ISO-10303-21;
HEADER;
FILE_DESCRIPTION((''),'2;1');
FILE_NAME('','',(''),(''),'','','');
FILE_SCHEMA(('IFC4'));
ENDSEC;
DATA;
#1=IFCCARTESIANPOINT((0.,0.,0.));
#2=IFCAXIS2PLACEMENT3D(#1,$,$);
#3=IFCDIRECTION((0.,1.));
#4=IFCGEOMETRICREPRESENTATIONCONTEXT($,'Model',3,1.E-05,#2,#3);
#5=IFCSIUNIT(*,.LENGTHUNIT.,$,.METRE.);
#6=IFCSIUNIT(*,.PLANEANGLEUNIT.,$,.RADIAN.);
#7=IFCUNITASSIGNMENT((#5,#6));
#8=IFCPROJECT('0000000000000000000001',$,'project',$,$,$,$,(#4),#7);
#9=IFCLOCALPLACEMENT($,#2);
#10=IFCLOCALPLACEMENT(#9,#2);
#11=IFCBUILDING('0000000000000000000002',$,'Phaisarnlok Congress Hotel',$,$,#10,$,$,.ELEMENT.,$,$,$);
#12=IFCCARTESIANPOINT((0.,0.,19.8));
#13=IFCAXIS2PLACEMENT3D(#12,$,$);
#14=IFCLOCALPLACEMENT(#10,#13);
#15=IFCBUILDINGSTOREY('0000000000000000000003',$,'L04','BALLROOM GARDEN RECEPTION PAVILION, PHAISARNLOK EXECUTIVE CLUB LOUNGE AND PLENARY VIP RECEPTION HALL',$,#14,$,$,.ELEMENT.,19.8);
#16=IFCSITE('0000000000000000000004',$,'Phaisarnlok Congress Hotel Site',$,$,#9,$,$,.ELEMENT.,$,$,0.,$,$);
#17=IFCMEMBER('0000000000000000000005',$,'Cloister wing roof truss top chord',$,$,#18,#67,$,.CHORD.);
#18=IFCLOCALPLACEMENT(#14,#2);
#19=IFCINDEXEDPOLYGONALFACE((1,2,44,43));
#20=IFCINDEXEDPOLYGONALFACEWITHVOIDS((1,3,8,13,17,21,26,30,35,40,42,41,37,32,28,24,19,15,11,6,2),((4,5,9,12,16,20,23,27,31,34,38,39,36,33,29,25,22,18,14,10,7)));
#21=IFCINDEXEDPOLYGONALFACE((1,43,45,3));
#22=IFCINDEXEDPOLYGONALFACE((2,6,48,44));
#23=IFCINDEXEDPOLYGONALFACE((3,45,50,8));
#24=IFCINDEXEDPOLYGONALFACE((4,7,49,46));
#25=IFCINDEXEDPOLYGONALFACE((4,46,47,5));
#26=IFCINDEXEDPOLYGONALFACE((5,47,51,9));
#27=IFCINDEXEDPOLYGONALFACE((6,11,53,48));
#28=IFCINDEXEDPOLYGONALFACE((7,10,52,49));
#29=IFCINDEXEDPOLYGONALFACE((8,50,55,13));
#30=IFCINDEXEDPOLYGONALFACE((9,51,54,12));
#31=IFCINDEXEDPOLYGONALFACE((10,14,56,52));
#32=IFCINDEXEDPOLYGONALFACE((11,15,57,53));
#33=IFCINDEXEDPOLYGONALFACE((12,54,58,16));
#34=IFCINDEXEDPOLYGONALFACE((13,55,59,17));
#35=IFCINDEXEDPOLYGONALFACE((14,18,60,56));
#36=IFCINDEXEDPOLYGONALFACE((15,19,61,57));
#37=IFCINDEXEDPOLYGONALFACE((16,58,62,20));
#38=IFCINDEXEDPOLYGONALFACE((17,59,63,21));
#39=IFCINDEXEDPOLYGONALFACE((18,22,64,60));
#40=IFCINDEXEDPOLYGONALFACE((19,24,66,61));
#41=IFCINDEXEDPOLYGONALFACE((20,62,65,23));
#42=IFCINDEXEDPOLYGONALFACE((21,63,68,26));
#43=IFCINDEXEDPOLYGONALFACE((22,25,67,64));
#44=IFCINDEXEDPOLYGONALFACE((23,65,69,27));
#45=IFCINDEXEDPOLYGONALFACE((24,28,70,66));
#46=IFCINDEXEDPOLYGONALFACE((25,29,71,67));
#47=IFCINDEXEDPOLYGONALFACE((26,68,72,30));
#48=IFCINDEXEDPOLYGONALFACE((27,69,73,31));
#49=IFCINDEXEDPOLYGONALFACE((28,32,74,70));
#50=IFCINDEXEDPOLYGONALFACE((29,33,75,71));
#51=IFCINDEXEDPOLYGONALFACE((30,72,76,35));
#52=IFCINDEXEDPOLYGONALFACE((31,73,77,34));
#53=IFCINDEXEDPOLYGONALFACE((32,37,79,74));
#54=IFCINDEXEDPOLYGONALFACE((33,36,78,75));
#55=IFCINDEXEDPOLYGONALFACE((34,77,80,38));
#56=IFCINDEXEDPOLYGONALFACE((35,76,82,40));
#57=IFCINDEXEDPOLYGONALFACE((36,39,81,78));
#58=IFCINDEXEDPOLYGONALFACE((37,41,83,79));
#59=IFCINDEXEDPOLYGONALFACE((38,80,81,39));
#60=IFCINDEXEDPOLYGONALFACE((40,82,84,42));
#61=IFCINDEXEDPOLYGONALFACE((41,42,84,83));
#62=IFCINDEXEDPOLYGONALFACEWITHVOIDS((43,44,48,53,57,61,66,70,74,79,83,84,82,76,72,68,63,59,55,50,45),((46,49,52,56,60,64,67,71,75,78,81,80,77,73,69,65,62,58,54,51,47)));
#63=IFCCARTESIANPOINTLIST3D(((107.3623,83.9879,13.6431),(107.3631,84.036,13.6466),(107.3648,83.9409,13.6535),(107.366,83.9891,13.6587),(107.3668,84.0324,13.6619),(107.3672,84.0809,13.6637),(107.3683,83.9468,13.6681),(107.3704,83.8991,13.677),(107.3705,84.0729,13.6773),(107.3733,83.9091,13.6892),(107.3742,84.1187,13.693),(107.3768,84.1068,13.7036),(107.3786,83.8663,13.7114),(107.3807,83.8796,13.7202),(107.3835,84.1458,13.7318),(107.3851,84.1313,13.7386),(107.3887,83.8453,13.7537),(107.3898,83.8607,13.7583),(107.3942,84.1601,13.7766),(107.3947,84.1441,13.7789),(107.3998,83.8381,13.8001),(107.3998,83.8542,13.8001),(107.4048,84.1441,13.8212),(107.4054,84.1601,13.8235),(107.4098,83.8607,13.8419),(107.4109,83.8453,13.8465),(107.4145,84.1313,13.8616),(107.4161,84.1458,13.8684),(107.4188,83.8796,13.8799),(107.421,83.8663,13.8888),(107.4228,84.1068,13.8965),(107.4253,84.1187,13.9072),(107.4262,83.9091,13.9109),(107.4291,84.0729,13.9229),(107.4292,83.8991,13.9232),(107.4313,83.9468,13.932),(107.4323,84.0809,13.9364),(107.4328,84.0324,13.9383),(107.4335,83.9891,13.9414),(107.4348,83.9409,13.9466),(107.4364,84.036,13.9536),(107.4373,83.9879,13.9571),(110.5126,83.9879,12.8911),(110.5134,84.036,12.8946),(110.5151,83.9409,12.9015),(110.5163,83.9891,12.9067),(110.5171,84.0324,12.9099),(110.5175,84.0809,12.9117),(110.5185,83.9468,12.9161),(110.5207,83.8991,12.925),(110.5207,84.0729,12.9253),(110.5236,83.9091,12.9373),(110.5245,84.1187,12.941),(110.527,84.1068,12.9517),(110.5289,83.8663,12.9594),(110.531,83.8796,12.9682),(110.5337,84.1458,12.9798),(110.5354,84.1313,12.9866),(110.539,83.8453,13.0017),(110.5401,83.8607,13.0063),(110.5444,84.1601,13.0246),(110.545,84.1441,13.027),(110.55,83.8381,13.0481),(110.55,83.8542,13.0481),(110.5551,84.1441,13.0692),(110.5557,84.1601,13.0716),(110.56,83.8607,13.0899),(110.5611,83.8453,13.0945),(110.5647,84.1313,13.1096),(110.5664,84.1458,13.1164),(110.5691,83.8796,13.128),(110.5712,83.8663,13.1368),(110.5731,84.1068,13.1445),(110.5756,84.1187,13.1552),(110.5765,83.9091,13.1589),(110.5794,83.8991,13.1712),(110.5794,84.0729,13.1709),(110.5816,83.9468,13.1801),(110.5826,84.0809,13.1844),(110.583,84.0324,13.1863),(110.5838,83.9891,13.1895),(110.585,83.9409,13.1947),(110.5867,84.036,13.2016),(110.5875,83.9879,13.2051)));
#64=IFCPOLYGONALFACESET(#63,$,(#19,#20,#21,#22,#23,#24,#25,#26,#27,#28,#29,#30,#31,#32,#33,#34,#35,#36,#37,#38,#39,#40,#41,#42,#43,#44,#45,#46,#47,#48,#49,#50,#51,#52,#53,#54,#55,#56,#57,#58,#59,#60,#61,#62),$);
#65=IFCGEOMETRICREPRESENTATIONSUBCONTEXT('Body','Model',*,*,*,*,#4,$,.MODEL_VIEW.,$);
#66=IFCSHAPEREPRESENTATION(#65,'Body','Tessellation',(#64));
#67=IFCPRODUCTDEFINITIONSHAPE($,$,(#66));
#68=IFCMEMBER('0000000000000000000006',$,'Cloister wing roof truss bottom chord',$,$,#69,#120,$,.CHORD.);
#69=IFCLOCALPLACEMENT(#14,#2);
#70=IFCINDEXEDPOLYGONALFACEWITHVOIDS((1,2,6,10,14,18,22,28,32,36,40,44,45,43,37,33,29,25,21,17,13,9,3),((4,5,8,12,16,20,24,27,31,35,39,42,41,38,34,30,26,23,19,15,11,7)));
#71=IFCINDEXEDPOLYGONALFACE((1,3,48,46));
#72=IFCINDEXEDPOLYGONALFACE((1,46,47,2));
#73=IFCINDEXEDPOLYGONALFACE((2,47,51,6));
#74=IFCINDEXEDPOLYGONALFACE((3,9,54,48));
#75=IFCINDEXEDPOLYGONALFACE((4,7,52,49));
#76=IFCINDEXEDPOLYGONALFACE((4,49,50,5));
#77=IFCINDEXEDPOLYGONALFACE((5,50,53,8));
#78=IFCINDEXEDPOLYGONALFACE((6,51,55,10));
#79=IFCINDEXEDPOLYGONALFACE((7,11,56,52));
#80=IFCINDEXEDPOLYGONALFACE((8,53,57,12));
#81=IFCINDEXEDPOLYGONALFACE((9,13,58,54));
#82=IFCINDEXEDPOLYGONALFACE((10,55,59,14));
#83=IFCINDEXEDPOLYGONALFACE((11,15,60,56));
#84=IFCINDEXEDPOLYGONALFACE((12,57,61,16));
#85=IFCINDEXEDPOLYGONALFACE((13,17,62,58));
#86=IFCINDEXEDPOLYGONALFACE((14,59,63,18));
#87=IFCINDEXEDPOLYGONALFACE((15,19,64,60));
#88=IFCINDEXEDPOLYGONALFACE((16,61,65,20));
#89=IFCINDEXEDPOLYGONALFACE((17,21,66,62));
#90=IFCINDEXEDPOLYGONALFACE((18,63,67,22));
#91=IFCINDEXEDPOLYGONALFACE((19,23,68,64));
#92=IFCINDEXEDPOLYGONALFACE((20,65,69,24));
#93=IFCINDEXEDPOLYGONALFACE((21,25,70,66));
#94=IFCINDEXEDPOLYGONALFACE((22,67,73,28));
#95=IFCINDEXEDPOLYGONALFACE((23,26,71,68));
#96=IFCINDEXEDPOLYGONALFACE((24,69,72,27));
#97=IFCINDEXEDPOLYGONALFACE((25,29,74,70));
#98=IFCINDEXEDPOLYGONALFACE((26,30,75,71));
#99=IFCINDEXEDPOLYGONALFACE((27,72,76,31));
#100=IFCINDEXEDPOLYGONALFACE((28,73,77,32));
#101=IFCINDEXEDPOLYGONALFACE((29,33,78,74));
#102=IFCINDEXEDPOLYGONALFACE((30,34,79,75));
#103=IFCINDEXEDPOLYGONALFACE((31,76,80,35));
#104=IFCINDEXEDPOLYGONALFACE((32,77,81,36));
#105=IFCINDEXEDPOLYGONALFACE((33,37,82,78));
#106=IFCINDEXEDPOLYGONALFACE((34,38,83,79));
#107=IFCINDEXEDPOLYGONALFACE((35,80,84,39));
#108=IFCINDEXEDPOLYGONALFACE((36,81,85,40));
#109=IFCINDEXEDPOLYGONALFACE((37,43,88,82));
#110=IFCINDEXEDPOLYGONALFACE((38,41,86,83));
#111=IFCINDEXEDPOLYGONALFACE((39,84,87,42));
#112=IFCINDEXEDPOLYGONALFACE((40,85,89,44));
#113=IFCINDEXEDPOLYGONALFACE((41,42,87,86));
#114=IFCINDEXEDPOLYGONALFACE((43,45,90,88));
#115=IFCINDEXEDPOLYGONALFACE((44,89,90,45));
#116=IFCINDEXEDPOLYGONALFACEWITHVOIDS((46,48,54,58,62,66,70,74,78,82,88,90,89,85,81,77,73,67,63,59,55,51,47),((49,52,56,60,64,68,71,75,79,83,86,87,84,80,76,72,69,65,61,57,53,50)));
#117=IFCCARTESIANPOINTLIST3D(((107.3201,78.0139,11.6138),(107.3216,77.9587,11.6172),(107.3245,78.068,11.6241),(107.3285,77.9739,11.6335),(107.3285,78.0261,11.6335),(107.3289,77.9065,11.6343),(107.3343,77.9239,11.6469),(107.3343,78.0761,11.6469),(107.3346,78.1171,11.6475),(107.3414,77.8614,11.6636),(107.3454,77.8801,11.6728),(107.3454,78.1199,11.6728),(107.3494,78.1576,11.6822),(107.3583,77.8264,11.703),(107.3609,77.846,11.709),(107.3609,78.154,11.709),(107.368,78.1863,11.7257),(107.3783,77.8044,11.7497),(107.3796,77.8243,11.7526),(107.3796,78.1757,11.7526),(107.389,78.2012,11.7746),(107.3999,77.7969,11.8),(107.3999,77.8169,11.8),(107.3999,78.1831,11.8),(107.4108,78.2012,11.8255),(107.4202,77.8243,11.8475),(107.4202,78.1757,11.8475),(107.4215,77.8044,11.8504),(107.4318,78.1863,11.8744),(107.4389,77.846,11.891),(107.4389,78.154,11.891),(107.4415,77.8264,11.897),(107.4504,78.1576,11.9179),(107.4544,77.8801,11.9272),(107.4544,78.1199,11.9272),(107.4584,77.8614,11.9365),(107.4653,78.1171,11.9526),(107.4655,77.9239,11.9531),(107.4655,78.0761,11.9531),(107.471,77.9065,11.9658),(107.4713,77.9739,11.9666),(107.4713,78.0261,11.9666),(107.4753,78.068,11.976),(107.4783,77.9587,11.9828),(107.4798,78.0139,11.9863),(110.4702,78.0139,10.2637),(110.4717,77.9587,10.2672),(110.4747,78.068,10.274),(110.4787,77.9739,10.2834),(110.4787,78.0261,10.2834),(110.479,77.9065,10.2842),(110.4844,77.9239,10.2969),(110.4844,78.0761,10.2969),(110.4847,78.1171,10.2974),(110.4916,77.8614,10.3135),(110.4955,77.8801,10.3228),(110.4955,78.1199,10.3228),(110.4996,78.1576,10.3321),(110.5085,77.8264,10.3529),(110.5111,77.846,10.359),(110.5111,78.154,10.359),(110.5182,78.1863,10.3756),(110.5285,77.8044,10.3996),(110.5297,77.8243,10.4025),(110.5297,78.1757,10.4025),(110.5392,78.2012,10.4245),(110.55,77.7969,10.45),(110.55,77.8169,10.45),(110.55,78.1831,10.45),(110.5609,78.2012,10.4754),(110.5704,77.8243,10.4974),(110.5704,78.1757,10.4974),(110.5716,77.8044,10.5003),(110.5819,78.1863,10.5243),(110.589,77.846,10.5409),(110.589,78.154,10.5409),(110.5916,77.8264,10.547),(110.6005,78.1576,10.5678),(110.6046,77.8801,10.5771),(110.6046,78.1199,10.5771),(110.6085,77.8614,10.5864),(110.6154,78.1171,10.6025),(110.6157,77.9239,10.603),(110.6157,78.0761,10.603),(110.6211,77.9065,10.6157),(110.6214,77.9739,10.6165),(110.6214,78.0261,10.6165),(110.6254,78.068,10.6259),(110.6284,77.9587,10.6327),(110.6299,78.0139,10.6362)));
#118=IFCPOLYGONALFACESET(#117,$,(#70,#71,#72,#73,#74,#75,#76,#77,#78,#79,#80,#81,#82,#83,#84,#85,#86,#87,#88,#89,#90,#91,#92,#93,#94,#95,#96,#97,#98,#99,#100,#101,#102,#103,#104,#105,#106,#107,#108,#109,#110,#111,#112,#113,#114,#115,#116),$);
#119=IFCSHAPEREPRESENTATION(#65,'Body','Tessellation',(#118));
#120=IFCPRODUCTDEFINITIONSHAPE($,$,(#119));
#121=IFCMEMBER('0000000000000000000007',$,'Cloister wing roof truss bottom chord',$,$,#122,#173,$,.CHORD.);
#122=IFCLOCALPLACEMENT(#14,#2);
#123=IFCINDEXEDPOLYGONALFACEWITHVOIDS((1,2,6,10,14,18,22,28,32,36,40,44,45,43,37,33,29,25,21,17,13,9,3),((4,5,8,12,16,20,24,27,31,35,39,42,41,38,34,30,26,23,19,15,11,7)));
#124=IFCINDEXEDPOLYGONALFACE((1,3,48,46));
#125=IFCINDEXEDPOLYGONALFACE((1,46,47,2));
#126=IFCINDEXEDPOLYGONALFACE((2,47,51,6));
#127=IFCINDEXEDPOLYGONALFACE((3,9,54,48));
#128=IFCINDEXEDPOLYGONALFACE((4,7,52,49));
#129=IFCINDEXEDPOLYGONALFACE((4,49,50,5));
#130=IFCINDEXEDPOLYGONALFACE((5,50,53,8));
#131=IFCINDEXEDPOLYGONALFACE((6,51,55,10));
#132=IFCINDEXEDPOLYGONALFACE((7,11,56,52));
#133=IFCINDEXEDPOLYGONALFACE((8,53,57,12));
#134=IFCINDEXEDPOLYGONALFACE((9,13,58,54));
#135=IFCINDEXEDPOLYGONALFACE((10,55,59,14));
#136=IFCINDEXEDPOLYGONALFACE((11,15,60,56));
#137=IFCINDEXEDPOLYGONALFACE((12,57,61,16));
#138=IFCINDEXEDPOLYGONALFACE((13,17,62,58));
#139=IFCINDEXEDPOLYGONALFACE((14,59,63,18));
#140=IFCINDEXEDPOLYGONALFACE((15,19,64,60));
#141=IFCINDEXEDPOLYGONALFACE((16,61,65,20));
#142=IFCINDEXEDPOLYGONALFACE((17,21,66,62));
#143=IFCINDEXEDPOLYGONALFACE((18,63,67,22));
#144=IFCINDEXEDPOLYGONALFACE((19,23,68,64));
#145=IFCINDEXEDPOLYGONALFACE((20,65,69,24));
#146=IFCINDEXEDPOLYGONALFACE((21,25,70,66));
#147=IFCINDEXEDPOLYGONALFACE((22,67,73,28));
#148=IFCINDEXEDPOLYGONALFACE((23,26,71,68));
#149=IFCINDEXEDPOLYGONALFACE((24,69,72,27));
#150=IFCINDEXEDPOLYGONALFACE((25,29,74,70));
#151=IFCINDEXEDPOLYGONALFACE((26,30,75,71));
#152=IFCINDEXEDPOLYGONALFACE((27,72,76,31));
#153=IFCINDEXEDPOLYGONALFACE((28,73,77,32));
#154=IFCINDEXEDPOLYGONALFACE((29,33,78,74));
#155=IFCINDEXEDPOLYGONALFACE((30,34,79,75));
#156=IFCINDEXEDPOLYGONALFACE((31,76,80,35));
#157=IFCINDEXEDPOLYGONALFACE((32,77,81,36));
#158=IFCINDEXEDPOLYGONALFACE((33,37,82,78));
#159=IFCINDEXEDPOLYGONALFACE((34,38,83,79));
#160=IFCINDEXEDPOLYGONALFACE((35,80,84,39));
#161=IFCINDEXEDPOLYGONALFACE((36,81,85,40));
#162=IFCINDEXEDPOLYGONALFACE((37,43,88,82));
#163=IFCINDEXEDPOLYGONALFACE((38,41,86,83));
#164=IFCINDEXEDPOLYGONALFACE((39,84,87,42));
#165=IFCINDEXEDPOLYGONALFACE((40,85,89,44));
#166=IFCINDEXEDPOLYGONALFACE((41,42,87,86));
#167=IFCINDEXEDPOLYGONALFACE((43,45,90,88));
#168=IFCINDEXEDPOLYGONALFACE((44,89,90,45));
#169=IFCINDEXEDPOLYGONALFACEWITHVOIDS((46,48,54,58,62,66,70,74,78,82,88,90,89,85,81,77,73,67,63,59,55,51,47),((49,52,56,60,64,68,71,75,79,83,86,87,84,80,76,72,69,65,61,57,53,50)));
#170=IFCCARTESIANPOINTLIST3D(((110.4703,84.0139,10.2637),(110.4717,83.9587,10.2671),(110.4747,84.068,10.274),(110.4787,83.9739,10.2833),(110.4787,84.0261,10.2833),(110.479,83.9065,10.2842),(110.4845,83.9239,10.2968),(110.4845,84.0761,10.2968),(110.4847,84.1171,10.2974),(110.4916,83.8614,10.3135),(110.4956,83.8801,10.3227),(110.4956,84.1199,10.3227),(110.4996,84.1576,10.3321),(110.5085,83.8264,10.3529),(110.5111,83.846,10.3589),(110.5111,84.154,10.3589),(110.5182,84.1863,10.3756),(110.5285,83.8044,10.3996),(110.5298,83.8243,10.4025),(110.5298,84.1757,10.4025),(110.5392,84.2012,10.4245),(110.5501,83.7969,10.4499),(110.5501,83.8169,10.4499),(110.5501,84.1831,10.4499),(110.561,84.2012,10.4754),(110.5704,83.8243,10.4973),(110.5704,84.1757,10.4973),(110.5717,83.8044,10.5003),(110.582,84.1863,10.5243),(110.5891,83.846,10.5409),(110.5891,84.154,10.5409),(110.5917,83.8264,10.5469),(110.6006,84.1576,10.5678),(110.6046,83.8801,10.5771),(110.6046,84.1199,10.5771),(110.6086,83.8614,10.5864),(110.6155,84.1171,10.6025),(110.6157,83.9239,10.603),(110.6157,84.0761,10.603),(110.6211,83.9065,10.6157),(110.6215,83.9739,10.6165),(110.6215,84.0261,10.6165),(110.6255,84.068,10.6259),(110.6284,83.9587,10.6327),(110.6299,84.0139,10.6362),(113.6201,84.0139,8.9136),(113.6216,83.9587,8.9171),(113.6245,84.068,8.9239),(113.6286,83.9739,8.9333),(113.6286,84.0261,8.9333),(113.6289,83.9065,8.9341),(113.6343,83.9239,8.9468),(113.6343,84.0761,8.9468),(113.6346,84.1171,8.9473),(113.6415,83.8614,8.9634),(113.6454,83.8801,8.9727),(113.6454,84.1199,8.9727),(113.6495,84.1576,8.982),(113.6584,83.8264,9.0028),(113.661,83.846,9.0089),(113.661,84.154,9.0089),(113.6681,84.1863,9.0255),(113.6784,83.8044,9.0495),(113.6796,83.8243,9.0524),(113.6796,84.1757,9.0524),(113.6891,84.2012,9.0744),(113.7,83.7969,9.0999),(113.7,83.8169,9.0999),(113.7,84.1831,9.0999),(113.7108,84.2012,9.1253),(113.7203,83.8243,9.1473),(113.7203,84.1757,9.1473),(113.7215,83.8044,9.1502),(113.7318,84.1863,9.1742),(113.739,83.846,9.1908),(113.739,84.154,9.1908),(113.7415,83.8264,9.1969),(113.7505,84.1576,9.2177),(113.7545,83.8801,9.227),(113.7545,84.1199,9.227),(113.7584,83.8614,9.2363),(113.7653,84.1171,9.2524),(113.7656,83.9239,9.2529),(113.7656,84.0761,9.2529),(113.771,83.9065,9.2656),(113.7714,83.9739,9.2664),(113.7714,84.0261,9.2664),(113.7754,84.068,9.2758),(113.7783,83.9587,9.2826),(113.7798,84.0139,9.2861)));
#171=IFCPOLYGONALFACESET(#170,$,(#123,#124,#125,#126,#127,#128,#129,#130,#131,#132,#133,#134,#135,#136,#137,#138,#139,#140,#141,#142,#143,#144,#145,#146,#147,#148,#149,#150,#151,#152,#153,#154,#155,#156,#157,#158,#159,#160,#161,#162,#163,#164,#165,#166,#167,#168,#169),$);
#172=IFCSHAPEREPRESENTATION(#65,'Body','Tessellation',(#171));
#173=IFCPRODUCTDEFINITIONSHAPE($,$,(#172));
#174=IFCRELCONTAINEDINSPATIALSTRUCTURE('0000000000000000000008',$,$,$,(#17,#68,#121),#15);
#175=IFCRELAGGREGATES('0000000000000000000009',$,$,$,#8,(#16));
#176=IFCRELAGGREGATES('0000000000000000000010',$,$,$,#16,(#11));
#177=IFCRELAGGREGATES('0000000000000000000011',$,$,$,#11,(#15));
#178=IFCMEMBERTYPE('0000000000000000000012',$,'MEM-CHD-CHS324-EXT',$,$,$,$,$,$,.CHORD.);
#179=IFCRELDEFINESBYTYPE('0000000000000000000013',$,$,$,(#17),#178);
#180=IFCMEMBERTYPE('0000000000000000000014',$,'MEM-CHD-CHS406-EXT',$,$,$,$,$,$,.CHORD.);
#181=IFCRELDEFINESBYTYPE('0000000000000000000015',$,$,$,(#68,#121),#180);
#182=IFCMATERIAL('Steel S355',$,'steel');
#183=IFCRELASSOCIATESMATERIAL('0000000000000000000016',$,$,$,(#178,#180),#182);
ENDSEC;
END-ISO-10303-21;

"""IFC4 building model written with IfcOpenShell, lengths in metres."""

from ifc_helpers import new_model, si_unit, direction, frame, origin, origin_2d, place, context, subcontext, project, spatial, hollow_circle, extrude, material, material_profile, profile_set, type_object, element, save


model = new_model("IFC4")

# Units and contexts
model_context = context("Model", 3, precision=1e-05, world=origin(), true_north=direction((0.0, 1.0)))
body_context = subcontext(model_context, "Body", "Model", "MODEL_VIEW")
ifc_project = project(units=[si_unit("LENGTHUNIT", "METRE"), si_unit("PLANEANGLEUNIT", "RADIAN")], contexts=[model_context])

# Site, building, storey
site_placement = place(None, origin())
site = spatial("IfcSite", under=ifc_project, at=site_placement, Name="Phaisarnlok Congress Hotel Site", CompositionType="ELEMENT", RefElevation=0.0)
building_placement = place(site_placement, origin())
building = spatial("IfcBuilding", under=site, at=building_placement, Name="Phaisarnlok Congress Hotel", CompositionType="ELEMENT")
storey_placement = place(building_placement, frame((0.0, 0.0, 19.8)))
storey = spatial("IfcBuildingStorey", under=building, at=storey_placement, Name="L04", Description="BALLROOM GARDEN RECEPTION PAVILION, PHAISARNLOK EXECUTIVE CLUB LOUNGE AND PLENARY VIP RECEPTION HALL", CompositionType="ELEMENT", Elevation=19.8)

# Shared definitions
ifc_material_1 = material(Name="Steel S355", Category="steel")

# Members
ifc_material_profile_1 = material_profile(ifc_material_1, hollow_circle(Radius=0.1619, WallThickness=0.0161, at=origin_2d()), Name="CHS 323.9x16")
ifc_profile_set_1 = profile_set([ifc_material_profile_1], Name="Steel S355")
member_type_1 = type_object("IfcMemberType", Name="MEM-CHD-CHS324-EXT", PredefinedType="CHORD", material=ifc_profile_set_1)
member_1_placement = place(storey_placement, frame((110.55, 84.0, 13.0481), z_axis=(-0.972673, 0.0, 0.232181), x_axis=(0.0, -1.0, 0.0)))
element("IfcMember", 1, at=member_1_placement, inside=storey, type_object=member_type_1, Name="Cloister wing roof truss top chord", PredefinedType="CHORD", context=body_context, shape_type="SweptSolid", body=[
    extrude(hollow_circle(Radius=0.1619, WallThickness=0.0161, at=origin_2d()), origin(), (0.0, 0.0, 1.0), 3.2388),
])
ifc_material_profile_2 = material_profile(ifc_material_1, hollow_circle(Radius=0.2031, WallThickness=0.02, at=origin_2d()), Name="CHS 406.4x20")
ifc_profile_set_2 = profile_set([ifc_material_profile_2], Name="Steel S355")
member_type_2 = type_object("IfcMemberType", Name="MEM-CHD-CHS406-EXT", PredefinedType="CHORD", material=ifc_profile_set_2)
member_2_placement = place(storey_placement, frame((110.55, 78.0, 10.45), z_axis=(-0.919141, 0.0, 0.393928), x_axis=(0.0, -1.0, 0.0)))
element("IfcMember", 2, at=member_2_placement, inside=storey, type_object=member_type_2, Name="Cloister wing roof truss bottom chord", PredefinedType="CHORD", context=body_context, shape_type="SweptSolid", body=[
    extrude(hollow_circle(Radius=0.2031, WallThickness=0.02, at=origin_2d()), origin(), (0.0, 0.0, 1.0), 3.4272),
])
member_3_placement = place(storey_placement, frame((113.7, 84.0, 9.0999), z_axis=(-0.91913, 0.0, 0.393954), x_axis=(0.0, -1.0, 0.0)))
element("IfcMember", 3, at=member_3_placement, inside=storey, type_object=member_type_2, Name="Cloister wing roof truss bottom chord", PredefinedType="CHORD", context=body_context, shape_type="SweptSolid", body=[
    extrude(hollow_circle(Radius=0.2031, WallThickness=0.02, at=origin_2d()), origin(), (0.0, 0.0, 1.0), 3.427),
])

save(model, "model.ifc")
